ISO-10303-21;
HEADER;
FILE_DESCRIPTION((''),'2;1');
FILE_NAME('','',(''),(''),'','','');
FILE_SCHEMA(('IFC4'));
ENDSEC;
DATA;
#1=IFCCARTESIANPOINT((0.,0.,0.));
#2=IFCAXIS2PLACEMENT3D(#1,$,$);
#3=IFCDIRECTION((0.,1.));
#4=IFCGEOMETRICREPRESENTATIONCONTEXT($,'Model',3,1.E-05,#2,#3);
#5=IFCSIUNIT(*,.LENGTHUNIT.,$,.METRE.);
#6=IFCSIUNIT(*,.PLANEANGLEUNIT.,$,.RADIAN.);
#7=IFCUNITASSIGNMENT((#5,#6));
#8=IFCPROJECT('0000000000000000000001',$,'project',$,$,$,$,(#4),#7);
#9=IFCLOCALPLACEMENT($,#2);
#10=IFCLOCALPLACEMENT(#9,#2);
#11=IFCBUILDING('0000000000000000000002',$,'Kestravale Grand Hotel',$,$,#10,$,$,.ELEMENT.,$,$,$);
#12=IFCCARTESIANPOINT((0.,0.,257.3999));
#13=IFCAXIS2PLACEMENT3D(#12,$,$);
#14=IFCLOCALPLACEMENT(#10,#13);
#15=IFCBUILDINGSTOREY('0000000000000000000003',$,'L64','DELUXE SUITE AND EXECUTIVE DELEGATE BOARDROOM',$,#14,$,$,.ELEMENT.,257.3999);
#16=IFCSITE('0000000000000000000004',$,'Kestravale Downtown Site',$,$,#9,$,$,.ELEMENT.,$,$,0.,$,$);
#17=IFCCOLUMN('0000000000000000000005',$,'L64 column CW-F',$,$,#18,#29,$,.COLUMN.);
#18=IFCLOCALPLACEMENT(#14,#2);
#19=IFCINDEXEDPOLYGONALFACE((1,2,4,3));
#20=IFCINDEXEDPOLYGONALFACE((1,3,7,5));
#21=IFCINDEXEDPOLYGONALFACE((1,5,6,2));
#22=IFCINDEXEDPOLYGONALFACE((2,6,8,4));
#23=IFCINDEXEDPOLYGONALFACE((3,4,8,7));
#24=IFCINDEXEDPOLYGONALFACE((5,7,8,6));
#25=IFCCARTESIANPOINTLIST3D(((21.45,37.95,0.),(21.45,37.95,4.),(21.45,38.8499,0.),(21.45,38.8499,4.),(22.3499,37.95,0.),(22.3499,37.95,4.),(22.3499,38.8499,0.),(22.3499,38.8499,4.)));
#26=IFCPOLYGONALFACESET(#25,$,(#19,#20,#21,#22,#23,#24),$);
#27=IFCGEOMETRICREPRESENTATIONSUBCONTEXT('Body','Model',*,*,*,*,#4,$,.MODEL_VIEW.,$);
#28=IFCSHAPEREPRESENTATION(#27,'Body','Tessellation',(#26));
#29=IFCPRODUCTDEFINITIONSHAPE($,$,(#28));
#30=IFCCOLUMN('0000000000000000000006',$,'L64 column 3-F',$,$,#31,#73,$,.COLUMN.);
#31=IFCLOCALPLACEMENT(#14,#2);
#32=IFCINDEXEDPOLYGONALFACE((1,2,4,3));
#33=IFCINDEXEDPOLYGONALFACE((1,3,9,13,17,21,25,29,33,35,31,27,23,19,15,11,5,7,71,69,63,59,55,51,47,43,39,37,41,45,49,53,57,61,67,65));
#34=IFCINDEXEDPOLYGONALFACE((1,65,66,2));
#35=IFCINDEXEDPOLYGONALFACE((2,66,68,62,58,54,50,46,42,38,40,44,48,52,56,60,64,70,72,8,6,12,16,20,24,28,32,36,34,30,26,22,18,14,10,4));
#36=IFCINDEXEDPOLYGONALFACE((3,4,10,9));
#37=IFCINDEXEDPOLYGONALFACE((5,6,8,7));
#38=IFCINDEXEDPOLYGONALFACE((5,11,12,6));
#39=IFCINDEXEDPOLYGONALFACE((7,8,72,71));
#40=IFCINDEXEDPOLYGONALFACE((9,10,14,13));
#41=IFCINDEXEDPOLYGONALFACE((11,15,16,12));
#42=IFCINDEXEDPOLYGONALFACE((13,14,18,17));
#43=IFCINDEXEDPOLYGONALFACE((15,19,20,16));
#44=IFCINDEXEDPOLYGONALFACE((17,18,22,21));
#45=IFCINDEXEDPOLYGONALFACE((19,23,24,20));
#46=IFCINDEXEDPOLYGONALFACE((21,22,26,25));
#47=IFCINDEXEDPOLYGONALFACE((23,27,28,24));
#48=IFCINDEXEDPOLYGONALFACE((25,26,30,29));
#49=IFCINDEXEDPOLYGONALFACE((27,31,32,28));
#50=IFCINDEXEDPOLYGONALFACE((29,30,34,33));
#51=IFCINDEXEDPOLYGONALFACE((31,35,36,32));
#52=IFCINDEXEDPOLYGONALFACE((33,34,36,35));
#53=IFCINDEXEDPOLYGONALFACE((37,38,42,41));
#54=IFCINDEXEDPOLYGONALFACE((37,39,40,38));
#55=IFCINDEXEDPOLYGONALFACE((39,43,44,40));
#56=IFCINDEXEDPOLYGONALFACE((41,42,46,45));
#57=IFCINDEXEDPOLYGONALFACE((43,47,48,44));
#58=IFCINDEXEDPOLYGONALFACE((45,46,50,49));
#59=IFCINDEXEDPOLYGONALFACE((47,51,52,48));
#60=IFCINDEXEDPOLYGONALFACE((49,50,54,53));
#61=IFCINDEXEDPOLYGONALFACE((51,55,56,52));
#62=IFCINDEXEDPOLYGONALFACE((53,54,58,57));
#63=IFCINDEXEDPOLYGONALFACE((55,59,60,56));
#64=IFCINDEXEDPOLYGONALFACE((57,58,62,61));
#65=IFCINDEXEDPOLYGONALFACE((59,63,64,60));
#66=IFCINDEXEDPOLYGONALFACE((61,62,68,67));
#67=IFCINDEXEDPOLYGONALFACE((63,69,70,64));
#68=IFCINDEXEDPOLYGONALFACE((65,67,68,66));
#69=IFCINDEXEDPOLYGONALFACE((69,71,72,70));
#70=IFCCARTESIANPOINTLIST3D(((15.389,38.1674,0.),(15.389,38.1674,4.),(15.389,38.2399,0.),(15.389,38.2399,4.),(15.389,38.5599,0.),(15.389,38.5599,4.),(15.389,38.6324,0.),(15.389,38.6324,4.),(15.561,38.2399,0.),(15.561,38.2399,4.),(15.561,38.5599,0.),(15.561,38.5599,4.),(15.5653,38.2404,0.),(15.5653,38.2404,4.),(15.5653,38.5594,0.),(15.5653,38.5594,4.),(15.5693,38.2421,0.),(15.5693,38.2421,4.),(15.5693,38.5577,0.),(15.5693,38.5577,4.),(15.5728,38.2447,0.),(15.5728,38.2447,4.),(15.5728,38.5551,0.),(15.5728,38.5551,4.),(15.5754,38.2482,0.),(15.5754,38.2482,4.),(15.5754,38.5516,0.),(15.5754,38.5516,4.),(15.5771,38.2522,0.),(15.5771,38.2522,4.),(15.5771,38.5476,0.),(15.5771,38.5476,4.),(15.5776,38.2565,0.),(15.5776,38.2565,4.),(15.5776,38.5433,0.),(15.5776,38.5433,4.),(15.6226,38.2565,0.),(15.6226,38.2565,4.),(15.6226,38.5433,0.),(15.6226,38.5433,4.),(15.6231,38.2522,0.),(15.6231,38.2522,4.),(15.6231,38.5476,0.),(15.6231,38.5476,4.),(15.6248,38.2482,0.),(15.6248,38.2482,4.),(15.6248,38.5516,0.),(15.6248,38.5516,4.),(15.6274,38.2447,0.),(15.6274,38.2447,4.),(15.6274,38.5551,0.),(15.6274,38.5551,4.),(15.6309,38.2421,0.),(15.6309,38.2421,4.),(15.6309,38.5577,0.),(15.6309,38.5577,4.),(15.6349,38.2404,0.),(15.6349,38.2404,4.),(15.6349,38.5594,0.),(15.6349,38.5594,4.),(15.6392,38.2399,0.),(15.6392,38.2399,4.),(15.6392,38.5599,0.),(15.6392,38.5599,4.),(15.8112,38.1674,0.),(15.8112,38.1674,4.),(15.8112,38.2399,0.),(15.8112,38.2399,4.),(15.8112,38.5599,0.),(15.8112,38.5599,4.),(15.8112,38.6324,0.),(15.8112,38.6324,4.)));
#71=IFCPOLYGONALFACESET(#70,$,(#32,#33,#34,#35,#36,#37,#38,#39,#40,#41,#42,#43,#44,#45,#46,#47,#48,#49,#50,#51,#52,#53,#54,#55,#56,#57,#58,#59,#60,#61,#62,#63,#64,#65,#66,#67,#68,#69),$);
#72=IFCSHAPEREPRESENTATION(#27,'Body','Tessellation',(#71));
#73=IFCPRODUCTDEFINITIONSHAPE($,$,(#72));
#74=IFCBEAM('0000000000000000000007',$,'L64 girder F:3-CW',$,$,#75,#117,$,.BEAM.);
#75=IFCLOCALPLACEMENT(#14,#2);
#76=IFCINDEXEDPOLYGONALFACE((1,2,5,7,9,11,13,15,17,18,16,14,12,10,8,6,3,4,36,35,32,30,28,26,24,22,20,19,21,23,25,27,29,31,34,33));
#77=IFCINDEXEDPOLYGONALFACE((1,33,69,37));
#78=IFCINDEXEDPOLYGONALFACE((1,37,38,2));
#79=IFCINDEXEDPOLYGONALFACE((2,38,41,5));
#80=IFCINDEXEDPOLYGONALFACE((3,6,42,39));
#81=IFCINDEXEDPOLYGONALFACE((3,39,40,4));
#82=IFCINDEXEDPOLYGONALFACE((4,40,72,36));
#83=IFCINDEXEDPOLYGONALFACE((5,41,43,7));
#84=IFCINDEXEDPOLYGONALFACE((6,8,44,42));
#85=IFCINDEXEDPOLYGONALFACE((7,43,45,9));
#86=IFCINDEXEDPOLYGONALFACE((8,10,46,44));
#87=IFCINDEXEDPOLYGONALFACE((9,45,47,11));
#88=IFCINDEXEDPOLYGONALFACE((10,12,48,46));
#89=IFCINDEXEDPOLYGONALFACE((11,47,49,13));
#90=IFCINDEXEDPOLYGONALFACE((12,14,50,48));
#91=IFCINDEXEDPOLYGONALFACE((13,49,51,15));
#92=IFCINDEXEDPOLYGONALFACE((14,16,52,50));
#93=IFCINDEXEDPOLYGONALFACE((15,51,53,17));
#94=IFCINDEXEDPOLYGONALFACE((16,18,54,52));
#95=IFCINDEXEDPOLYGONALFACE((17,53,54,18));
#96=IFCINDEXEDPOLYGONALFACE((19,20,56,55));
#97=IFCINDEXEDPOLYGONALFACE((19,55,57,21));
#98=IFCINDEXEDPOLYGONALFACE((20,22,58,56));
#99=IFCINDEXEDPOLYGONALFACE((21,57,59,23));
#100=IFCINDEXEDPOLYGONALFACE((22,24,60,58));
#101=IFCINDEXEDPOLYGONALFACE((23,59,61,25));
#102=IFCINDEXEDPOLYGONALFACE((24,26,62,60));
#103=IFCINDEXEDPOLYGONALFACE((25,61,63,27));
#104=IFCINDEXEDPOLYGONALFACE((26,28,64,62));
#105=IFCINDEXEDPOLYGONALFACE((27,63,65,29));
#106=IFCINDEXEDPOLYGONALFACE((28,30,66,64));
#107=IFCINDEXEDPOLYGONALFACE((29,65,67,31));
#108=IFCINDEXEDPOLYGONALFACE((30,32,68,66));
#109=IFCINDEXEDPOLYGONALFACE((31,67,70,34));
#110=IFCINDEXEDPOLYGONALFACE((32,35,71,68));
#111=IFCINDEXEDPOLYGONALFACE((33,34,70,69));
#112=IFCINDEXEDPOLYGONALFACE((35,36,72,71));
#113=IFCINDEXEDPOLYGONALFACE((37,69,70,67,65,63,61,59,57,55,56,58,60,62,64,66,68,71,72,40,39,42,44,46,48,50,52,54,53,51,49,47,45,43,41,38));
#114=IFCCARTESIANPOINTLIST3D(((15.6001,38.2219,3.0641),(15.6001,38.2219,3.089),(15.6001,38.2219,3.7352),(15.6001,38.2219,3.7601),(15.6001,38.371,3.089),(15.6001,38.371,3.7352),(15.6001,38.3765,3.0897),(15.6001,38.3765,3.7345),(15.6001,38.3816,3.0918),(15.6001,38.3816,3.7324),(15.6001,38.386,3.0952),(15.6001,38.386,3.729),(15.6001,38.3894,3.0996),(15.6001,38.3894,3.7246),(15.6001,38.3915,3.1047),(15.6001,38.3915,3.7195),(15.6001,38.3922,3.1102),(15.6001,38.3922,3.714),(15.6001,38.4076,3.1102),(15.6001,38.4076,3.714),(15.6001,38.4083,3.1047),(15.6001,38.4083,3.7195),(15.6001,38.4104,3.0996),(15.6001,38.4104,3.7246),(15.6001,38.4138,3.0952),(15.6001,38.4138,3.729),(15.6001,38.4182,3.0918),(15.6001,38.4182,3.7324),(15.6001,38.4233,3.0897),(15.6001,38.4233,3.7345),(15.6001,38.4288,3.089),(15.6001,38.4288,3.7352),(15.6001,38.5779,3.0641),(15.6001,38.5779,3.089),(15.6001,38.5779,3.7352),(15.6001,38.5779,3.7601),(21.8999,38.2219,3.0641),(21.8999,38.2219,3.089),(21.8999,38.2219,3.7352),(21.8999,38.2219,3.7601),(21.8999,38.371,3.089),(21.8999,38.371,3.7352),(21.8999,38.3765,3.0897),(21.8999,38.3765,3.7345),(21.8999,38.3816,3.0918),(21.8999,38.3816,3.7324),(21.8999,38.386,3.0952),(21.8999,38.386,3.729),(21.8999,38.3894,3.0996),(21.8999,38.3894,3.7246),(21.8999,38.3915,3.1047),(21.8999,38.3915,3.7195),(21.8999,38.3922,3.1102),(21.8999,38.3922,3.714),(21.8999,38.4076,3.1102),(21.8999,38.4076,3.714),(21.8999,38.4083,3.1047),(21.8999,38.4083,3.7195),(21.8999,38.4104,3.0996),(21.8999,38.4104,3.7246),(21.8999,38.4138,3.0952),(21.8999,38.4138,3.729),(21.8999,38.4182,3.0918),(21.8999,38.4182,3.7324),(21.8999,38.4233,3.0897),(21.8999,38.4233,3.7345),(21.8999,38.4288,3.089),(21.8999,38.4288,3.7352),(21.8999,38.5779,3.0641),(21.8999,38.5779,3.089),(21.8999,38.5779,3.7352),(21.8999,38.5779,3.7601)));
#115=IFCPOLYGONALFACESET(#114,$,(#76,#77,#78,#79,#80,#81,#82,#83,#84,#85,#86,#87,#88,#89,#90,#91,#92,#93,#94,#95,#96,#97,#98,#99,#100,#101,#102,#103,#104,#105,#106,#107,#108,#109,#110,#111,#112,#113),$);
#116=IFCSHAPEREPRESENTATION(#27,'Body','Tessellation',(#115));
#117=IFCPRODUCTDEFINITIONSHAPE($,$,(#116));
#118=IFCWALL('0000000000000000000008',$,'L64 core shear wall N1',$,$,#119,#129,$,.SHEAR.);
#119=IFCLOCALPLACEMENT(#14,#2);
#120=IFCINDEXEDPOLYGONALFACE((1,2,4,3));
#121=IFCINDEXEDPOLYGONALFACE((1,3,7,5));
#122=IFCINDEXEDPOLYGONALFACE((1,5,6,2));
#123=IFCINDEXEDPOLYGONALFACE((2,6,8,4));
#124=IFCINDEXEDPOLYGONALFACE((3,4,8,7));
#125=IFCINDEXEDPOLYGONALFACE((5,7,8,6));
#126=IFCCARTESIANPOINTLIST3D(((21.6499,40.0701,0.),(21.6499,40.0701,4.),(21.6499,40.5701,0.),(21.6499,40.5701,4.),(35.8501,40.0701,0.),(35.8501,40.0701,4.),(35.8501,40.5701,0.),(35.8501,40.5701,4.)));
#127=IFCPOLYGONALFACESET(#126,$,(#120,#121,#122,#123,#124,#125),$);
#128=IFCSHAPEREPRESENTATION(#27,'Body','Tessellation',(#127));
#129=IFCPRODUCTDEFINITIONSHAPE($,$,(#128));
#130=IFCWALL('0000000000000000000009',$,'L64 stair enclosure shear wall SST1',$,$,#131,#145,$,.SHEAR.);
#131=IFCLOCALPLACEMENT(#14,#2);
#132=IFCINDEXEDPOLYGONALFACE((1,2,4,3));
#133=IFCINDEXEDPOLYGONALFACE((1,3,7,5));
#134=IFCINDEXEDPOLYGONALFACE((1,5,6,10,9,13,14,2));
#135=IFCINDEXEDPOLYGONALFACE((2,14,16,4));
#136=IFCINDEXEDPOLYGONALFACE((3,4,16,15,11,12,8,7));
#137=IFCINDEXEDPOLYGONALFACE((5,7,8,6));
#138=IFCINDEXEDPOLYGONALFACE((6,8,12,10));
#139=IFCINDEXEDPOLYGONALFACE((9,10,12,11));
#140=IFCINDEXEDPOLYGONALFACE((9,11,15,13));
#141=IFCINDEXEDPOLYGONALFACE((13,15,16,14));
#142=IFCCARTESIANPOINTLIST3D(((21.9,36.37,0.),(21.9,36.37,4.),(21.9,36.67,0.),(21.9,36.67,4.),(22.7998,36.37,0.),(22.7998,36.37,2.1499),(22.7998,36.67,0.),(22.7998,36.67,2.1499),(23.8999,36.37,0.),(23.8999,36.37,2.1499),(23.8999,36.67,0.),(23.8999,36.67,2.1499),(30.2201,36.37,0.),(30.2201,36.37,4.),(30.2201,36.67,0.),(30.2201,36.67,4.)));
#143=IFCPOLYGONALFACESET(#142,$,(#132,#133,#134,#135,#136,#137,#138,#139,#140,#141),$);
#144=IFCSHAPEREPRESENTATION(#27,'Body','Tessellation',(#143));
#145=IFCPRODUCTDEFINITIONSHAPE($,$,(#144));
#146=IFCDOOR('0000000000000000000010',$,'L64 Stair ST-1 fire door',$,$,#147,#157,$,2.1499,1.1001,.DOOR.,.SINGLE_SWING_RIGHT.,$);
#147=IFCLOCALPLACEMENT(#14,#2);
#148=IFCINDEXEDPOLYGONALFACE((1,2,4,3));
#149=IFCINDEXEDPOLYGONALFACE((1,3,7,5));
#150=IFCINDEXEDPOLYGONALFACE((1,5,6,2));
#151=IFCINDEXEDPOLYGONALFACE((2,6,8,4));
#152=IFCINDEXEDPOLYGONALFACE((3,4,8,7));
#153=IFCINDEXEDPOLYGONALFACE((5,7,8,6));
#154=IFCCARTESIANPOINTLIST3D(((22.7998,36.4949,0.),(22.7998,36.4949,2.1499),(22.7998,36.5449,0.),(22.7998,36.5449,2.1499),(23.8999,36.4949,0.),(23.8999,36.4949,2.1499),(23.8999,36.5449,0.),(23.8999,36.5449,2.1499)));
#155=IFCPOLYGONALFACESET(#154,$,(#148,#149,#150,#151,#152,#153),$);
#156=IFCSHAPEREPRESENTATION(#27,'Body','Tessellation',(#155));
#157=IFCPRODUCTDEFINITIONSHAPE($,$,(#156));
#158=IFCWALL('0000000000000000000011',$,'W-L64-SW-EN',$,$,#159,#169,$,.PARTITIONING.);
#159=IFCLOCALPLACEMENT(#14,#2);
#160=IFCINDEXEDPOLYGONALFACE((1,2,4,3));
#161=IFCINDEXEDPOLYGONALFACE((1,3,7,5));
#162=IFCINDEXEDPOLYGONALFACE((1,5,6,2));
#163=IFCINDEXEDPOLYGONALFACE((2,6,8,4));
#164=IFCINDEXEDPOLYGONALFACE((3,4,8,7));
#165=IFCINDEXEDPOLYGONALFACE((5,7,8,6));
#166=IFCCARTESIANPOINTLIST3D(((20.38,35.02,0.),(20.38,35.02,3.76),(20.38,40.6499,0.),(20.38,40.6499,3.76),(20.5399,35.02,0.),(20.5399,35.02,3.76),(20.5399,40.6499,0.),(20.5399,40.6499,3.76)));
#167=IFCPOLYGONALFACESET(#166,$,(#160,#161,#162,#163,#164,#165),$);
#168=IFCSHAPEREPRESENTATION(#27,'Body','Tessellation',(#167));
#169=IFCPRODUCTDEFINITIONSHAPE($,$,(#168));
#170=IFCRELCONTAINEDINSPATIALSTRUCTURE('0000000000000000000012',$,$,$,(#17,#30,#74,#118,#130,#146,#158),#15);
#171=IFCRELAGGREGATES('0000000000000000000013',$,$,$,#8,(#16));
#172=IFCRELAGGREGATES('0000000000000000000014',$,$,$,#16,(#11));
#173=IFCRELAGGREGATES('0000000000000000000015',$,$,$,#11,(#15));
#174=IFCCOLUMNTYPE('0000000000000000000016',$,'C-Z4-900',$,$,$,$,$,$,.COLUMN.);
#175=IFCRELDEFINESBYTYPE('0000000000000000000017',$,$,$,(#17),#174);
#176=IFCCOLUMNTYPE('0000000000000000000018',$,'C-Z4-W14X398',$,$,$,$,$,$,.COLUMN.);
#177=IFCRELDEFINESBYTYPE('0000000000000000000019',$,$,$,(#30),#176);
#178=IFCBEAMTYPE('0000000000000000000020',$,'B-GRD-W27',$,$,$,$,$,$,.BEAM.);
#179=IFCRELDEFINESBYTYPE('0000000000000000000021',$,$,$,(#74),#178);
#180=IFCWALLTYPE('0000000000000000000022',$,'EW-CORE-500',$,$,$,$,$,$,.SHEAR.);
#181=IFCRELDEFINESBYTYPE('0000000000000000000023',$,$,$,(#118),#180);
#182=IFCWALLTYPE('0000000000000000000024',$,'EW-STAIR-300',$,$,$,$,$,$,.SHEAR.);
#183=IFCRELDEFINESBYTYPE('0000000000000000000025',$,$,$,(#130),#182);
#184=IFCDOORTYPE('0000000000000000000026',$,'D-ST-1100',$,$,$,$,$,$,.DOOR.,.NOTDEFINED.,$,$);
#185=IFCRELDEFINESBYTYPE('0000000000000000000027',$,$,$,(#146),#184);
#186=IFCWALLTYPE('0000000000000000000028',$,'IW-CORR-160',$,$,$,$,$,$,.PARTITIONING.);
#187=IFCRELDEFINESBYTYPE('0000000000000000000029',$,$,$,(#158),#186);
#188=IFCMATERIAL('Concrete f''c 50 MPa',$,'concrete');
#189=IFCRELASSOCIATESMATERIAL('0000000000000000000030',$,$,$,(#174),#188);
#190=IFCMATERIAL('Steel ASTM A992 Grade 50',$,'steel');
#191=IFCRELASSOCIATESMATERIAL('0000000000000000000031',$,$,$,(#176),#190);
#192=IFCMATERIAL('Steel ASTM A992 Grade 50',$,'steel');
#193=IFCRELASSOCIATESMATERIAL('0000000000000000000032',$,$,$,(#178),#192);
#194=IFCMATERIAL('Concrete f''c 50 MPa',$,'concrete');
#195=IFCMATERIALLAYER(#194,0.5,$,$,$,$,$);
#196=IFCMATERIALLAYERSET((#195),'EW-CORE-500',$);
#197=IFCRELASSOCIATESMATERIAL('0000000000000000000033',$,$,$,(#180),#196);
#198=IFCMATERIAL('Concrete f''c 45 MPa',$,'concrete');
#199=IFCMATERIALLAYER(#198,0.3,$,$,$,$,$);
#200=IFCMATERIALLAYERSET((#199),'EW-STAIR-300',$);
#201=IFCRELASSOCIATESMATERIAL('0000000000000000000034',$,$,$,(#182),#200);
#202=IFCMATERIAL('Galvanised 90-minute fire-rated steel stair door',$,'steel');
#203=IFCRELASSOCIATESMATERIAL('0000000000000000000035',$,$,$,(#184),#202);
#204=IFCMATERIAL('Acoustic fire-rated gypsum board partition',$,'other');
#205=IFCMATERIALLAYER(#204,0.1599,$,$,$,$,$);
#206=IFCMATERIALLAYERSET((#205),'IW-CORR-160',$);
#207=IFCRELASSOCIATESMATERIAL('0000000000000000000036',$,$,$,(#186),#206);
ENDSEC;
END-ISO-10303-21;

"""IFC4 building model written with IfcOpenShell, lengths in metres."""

from ifc_helpers import new_model, si_unit, direction, frame, frame_2d, origin, origin_2d, place, context, subcontext, project, spatial, rectangle, i_section, extrude, material, layer, layer_set, material_profile, profile_set, type_object, element, fill, save


model = new_model("IFC4")

# Units and contexts
model_context = context("Model", 3, precision=1e-05, world=origin(), true_north=direction((0.0, 1.0)))
body_context = subcontext(model_context, "Body", "Model", "MODEL_VIEW")
ifc_project = project(units=[si_unit("LENGTHUNIT", "METRE"), si_unit("PLANEANGLEUNIT", "RADIAN")], contexts=[model_context])

# Site, building, storey
site_placement = place(None, origin())
site = spatial("IfcSite", under=ifc_project, at=site_placement, Name="Kestravale Downtown Site", CompositionType="ELEMENT", RefElevation=0.0)
building_placement = place(site_placement, origin())
building = spatial("IfcBuilding", under=site, at=building_placement, Name="Kestravale Grand Hotel", CompositionType="ELEMENT")
storey_placement = place(building_placement, frame((0.0, 0.0, 257.3999)))
storey = spatial("IfcBuildingStorey", under=building, at=storey_placement, Name="L64", Description="DELUXE SUITE AND EXECUTIVE DELEGATE BOARDROOM", CompositionType="ELEMENT", Elevation=257.3999)

# Columns
ifc_material_1 = material(Name="Concrete f'c 50 MPa", Category="concrete")
ifc_material_profile_1 = material_profile(ifc_material_1, rectangle(XDim=0.8999, YDim=0.8999, at=origin_2d()))
ifc_profile_set_1 = profile_set([ifc_material_profile_1], Name="Concrete f'c 50 MPa")
column_type_1 = type_object("IfcColumnType", Name="C-Z4-900", PredefinedType="COLUMN", material=ifc_profile_set_1)
column_1_placement = place(storey_placement, frame((21.8999, 38.3999, 0.0), z_axis=(0.0, 0.0, 1.0), x_axis=(1.0, 0.0, 0.0)))
element("IfcColumn", 1, at=column_1_placement, inside=storey, type_object=column_type_1, Name="L64 column CW-F", PredefinedType="COLUMN", context=body_context, shape_type="SweptSolid", body=[
    extrude(rectangle(XDim=0.8999, YDim=0.8999, at=origin_2d()), origin(), (0.0, 0.0, 1.0), 4.0),
])
ifc_material_2 = material(Name="Steel ASTM A992 Grade 50", Category="steel")
ifc_material_profile_2 = material_profile(ifc_material_2, i_section(OverallWidth=0.4221, OverallDepth=0.4651, WebThickness=0.0449, FlangeThickness=0.0725, FilletRadius=0.0166, at=origin_2d()))
ifc_profile_set_2 = profile_set([ifc_material_profile_2], Name="Steel ASTM A992 Grade 50")
column_type_2 = type_object("IfcColumnType", Name="C-Z4-W14X398", PredefinedType="COLUMN", material=ifc_profile_set_2)
column_2_placement = place(storey_placement, frame((15.6001, 38.3999, 0.0), z_axis=(0.0, 0.0, 1.0), x_axis=(1.0, 0.0, 0.0)))
element("IfcColumn", 2, at=column_2_placement, inside=storey, type_object=column_type_2, Name="L64 column 3-F", PredefinedType="COLUMN", context=body_context, shape_type="SweptSolid", body=[
    extrude(i_section(OverallWidth=0.4221, OverallDepth=0.4651, WebThickness=0.0449, FlangeThickness=0.0725, FilletRadius=0.0166, at=origin_2d()), origin(), (0.0, 0.0, 1.0), 4.0),
])

# Beam
ifc_material_3 = material(Name="Steel ASTM A992 Grade 50", Category="steel")
ifc_material_profile_3 = material_profile(ifc_material_3, i_section(OverallWidth=0.356, OverallDepth=0.696, WebThickness=0.0154, FlangeThickness=0.0249, FilletRadius=0.0212, at=origin_2d()))
ifc_profile_set_3 = profile_set([ifc_material_profile_3], Name="Steel ASTM A992 Grade 50")
beam_type = type_object("IfcBeamType", Name="B-GRD-W27", PredefinedType="BEAM", material=ifc_profile_set_3)
beam_placement = place(storey_placement, frame((15.6001, 38.3999, 3.4121), z_axis=(1.0, 0.0, 0.0), x_axis=(0.0, 1.0, 0.0)))
element("IfcBeam", 3, at=beam_placement, inside=storey, type_object=beam_type, Name="L64 girder F:3-CW", PredefinedType="BEAM", context=body_context, shape_type="SweptSolid", body=[
    extrude(i_section(OverallWidth=0.356, OverallDepth=0.696, WebThickness=0.0154, FlangeThickness=0.0249, FilletRadius=0.0212, at=origin_2d()), origin(), (0.0, 0.0, 1.0), 6.2998),
])

# Wall
ifc_material_4 = material(Name="Concrete f'c 50 MPa", Category="concrete")
ifc_layer_1 = layer(ifc_material_4, 0.5)
ifc_layer_set_1 = layer_set([ifc_layer_1], Name="EW-CORE-500")
wall_type_1 = type_object("IfcWallType", Name="EW-CORE-500", PredefinedType="SHEAR", material=ifc_layer_set_1)
wall_1_placement = place(storey_placement, frame((21.6499, 40.3201, 0.0), z_axis=(0.0, 0.0, 1.0), x_axis=(1.0, 0.0, 0.0)))
element("IfcWall", 4, at=wall_1_placement, inside=storey, type_object=wall_type_1, Name="L64 core shear wall N1", PredefinedType="SHEAR", context=body_context, shape_type="SweptSolid", body=[
    extrude(rectangle(XDim=14.2002, YDim=0.5, at=frame_2d((7.1001, 0.0))), origin(), (0.0, 0.0, 1.0), 4.0),
])

# Wall, opening, door
ifc_material_5 = material(Name="Concrete f'c 45 MPa", Category="concrete")
ifc_layer_2 = layer(ifc_material_5, 0.3)
ifc_layer_set_2 = layer_set([ifc_layer_2], Name="EW-STAIR-300")
wall_type_2 = type_object("IfcWallType", Name="EW-STAIR-300", PredefinedType="SHEAR", material=ifc_layer_set_2)
wall_2_placement = place(storey_placement, frame((21.8999, 36.52, 0.0), z_axis=(0.0, 0.0, 1.0), x_axis=(1.0, 0.0, 0.0)))
wall_2 = element("IfcWall", 5, at=wall_2_placement, inside=storey, type_object=wall_type_2, Name="L64 stair enclosure shear wall SST1", PredefinedType="SHEAR", context=body_context, shape_type="SweptSolid", body=[
    extrude(rectangle(XDim=8.3201, YDim=0.3, at=frame_2d((4.1602, 0.0))), origin(), (0.0, 0.0, 1.0), 4.0),
])
opening_1_placement = place(wall_2_placement, frame((0.8999, 0.0, 0.0)))
opening_1 = element("IfcOpeningElement", 6, at=opening_1_placement, cuts=wall_2, PredefinedType="OPENING", context=body_context, shape_type="SweptSolid", body=[
    extrude(rectangle(XDim=1.1001, YDim=2.1499, at=frame_2d((0.55, 1.075))), frame((0.0, 0.1599, 0.0), z_axis=(0.0, -1.0, 0.0), x_axis=(1.0, 0.0, 0.0)), (0.0, 0.0, 1.0), 0.3201),
])
ifc_material_6 = material(Name="Galvanised 90-minute fire-rated steel stair door", Category="steel")
door_type_1 = type_object("IfcDoorType", Name="D-ST-1100", OperationType="NOTDEFINED", PredefinedType="DOOR", material=ifc_material_6)
door_1_placement = place(opening_1_placement, origin())
door_1 = element("IfcDoor", 7, at=door_1_placement, inside=storey, type_object=door_type_1, Name="L64 Stair ST-1 fire door", OperationType="SINGLE_SWING_RIGHT", OverallHeight=2.1499, OverallWidth=1.1001, PredefinedType="DOOR", context=body_context, shape_type="SweptSolid", body=[
    extrude(rectangle(XDim=1.1001, YDim=2.1499, at=frame_2d((0.55, 1.075))), frame((0.0, 0.0249, 0.0), z_axis=(0.0, -1.0, 0.0), x_axis=(1.0, 0.0, 0.0)), (0.0, 0.0, 1.0), 0.05),
])
fill(opening_1, door_1)

# Wall
ifc_material_7 = material(Name="Acoustic fire-rated gypsum board partition", Category="other")
ifc_layer_3 = layer(ifc_material_7, 0.1599)
ifc_layer_set_3 = layer_set([ifc_layer_3], Name="IW-CORR-160")
wall_type_3 = type_object("IfcWallType", Name="IW-CORR-160", PredefinedType="PARTITIONING", material=ifc_layer_set_3)
wall_3_placement = place(storey_placement, frame((20.46, 35.02, 0.0), z_axis=(0.0, 0.0, 1.0), x_axis=(0.0, 1.0, 0.0)))
element("IfcWall", 8, at=wall_3_placement, inside=storey, type_object=wall_type_3, Name="W-L64-SW-EN", PredefinedType="PARTITIONING", context=body_context, shape_type="SweptSolid", body=[
    extrude(rectangle(XDim=5.6299, YDim=0.1599, at=frame_2d((2.8149, 0.0))), origin(), (0.0, 0.0, 1.0), 3.76),
])

save(model, "model.ifc")
